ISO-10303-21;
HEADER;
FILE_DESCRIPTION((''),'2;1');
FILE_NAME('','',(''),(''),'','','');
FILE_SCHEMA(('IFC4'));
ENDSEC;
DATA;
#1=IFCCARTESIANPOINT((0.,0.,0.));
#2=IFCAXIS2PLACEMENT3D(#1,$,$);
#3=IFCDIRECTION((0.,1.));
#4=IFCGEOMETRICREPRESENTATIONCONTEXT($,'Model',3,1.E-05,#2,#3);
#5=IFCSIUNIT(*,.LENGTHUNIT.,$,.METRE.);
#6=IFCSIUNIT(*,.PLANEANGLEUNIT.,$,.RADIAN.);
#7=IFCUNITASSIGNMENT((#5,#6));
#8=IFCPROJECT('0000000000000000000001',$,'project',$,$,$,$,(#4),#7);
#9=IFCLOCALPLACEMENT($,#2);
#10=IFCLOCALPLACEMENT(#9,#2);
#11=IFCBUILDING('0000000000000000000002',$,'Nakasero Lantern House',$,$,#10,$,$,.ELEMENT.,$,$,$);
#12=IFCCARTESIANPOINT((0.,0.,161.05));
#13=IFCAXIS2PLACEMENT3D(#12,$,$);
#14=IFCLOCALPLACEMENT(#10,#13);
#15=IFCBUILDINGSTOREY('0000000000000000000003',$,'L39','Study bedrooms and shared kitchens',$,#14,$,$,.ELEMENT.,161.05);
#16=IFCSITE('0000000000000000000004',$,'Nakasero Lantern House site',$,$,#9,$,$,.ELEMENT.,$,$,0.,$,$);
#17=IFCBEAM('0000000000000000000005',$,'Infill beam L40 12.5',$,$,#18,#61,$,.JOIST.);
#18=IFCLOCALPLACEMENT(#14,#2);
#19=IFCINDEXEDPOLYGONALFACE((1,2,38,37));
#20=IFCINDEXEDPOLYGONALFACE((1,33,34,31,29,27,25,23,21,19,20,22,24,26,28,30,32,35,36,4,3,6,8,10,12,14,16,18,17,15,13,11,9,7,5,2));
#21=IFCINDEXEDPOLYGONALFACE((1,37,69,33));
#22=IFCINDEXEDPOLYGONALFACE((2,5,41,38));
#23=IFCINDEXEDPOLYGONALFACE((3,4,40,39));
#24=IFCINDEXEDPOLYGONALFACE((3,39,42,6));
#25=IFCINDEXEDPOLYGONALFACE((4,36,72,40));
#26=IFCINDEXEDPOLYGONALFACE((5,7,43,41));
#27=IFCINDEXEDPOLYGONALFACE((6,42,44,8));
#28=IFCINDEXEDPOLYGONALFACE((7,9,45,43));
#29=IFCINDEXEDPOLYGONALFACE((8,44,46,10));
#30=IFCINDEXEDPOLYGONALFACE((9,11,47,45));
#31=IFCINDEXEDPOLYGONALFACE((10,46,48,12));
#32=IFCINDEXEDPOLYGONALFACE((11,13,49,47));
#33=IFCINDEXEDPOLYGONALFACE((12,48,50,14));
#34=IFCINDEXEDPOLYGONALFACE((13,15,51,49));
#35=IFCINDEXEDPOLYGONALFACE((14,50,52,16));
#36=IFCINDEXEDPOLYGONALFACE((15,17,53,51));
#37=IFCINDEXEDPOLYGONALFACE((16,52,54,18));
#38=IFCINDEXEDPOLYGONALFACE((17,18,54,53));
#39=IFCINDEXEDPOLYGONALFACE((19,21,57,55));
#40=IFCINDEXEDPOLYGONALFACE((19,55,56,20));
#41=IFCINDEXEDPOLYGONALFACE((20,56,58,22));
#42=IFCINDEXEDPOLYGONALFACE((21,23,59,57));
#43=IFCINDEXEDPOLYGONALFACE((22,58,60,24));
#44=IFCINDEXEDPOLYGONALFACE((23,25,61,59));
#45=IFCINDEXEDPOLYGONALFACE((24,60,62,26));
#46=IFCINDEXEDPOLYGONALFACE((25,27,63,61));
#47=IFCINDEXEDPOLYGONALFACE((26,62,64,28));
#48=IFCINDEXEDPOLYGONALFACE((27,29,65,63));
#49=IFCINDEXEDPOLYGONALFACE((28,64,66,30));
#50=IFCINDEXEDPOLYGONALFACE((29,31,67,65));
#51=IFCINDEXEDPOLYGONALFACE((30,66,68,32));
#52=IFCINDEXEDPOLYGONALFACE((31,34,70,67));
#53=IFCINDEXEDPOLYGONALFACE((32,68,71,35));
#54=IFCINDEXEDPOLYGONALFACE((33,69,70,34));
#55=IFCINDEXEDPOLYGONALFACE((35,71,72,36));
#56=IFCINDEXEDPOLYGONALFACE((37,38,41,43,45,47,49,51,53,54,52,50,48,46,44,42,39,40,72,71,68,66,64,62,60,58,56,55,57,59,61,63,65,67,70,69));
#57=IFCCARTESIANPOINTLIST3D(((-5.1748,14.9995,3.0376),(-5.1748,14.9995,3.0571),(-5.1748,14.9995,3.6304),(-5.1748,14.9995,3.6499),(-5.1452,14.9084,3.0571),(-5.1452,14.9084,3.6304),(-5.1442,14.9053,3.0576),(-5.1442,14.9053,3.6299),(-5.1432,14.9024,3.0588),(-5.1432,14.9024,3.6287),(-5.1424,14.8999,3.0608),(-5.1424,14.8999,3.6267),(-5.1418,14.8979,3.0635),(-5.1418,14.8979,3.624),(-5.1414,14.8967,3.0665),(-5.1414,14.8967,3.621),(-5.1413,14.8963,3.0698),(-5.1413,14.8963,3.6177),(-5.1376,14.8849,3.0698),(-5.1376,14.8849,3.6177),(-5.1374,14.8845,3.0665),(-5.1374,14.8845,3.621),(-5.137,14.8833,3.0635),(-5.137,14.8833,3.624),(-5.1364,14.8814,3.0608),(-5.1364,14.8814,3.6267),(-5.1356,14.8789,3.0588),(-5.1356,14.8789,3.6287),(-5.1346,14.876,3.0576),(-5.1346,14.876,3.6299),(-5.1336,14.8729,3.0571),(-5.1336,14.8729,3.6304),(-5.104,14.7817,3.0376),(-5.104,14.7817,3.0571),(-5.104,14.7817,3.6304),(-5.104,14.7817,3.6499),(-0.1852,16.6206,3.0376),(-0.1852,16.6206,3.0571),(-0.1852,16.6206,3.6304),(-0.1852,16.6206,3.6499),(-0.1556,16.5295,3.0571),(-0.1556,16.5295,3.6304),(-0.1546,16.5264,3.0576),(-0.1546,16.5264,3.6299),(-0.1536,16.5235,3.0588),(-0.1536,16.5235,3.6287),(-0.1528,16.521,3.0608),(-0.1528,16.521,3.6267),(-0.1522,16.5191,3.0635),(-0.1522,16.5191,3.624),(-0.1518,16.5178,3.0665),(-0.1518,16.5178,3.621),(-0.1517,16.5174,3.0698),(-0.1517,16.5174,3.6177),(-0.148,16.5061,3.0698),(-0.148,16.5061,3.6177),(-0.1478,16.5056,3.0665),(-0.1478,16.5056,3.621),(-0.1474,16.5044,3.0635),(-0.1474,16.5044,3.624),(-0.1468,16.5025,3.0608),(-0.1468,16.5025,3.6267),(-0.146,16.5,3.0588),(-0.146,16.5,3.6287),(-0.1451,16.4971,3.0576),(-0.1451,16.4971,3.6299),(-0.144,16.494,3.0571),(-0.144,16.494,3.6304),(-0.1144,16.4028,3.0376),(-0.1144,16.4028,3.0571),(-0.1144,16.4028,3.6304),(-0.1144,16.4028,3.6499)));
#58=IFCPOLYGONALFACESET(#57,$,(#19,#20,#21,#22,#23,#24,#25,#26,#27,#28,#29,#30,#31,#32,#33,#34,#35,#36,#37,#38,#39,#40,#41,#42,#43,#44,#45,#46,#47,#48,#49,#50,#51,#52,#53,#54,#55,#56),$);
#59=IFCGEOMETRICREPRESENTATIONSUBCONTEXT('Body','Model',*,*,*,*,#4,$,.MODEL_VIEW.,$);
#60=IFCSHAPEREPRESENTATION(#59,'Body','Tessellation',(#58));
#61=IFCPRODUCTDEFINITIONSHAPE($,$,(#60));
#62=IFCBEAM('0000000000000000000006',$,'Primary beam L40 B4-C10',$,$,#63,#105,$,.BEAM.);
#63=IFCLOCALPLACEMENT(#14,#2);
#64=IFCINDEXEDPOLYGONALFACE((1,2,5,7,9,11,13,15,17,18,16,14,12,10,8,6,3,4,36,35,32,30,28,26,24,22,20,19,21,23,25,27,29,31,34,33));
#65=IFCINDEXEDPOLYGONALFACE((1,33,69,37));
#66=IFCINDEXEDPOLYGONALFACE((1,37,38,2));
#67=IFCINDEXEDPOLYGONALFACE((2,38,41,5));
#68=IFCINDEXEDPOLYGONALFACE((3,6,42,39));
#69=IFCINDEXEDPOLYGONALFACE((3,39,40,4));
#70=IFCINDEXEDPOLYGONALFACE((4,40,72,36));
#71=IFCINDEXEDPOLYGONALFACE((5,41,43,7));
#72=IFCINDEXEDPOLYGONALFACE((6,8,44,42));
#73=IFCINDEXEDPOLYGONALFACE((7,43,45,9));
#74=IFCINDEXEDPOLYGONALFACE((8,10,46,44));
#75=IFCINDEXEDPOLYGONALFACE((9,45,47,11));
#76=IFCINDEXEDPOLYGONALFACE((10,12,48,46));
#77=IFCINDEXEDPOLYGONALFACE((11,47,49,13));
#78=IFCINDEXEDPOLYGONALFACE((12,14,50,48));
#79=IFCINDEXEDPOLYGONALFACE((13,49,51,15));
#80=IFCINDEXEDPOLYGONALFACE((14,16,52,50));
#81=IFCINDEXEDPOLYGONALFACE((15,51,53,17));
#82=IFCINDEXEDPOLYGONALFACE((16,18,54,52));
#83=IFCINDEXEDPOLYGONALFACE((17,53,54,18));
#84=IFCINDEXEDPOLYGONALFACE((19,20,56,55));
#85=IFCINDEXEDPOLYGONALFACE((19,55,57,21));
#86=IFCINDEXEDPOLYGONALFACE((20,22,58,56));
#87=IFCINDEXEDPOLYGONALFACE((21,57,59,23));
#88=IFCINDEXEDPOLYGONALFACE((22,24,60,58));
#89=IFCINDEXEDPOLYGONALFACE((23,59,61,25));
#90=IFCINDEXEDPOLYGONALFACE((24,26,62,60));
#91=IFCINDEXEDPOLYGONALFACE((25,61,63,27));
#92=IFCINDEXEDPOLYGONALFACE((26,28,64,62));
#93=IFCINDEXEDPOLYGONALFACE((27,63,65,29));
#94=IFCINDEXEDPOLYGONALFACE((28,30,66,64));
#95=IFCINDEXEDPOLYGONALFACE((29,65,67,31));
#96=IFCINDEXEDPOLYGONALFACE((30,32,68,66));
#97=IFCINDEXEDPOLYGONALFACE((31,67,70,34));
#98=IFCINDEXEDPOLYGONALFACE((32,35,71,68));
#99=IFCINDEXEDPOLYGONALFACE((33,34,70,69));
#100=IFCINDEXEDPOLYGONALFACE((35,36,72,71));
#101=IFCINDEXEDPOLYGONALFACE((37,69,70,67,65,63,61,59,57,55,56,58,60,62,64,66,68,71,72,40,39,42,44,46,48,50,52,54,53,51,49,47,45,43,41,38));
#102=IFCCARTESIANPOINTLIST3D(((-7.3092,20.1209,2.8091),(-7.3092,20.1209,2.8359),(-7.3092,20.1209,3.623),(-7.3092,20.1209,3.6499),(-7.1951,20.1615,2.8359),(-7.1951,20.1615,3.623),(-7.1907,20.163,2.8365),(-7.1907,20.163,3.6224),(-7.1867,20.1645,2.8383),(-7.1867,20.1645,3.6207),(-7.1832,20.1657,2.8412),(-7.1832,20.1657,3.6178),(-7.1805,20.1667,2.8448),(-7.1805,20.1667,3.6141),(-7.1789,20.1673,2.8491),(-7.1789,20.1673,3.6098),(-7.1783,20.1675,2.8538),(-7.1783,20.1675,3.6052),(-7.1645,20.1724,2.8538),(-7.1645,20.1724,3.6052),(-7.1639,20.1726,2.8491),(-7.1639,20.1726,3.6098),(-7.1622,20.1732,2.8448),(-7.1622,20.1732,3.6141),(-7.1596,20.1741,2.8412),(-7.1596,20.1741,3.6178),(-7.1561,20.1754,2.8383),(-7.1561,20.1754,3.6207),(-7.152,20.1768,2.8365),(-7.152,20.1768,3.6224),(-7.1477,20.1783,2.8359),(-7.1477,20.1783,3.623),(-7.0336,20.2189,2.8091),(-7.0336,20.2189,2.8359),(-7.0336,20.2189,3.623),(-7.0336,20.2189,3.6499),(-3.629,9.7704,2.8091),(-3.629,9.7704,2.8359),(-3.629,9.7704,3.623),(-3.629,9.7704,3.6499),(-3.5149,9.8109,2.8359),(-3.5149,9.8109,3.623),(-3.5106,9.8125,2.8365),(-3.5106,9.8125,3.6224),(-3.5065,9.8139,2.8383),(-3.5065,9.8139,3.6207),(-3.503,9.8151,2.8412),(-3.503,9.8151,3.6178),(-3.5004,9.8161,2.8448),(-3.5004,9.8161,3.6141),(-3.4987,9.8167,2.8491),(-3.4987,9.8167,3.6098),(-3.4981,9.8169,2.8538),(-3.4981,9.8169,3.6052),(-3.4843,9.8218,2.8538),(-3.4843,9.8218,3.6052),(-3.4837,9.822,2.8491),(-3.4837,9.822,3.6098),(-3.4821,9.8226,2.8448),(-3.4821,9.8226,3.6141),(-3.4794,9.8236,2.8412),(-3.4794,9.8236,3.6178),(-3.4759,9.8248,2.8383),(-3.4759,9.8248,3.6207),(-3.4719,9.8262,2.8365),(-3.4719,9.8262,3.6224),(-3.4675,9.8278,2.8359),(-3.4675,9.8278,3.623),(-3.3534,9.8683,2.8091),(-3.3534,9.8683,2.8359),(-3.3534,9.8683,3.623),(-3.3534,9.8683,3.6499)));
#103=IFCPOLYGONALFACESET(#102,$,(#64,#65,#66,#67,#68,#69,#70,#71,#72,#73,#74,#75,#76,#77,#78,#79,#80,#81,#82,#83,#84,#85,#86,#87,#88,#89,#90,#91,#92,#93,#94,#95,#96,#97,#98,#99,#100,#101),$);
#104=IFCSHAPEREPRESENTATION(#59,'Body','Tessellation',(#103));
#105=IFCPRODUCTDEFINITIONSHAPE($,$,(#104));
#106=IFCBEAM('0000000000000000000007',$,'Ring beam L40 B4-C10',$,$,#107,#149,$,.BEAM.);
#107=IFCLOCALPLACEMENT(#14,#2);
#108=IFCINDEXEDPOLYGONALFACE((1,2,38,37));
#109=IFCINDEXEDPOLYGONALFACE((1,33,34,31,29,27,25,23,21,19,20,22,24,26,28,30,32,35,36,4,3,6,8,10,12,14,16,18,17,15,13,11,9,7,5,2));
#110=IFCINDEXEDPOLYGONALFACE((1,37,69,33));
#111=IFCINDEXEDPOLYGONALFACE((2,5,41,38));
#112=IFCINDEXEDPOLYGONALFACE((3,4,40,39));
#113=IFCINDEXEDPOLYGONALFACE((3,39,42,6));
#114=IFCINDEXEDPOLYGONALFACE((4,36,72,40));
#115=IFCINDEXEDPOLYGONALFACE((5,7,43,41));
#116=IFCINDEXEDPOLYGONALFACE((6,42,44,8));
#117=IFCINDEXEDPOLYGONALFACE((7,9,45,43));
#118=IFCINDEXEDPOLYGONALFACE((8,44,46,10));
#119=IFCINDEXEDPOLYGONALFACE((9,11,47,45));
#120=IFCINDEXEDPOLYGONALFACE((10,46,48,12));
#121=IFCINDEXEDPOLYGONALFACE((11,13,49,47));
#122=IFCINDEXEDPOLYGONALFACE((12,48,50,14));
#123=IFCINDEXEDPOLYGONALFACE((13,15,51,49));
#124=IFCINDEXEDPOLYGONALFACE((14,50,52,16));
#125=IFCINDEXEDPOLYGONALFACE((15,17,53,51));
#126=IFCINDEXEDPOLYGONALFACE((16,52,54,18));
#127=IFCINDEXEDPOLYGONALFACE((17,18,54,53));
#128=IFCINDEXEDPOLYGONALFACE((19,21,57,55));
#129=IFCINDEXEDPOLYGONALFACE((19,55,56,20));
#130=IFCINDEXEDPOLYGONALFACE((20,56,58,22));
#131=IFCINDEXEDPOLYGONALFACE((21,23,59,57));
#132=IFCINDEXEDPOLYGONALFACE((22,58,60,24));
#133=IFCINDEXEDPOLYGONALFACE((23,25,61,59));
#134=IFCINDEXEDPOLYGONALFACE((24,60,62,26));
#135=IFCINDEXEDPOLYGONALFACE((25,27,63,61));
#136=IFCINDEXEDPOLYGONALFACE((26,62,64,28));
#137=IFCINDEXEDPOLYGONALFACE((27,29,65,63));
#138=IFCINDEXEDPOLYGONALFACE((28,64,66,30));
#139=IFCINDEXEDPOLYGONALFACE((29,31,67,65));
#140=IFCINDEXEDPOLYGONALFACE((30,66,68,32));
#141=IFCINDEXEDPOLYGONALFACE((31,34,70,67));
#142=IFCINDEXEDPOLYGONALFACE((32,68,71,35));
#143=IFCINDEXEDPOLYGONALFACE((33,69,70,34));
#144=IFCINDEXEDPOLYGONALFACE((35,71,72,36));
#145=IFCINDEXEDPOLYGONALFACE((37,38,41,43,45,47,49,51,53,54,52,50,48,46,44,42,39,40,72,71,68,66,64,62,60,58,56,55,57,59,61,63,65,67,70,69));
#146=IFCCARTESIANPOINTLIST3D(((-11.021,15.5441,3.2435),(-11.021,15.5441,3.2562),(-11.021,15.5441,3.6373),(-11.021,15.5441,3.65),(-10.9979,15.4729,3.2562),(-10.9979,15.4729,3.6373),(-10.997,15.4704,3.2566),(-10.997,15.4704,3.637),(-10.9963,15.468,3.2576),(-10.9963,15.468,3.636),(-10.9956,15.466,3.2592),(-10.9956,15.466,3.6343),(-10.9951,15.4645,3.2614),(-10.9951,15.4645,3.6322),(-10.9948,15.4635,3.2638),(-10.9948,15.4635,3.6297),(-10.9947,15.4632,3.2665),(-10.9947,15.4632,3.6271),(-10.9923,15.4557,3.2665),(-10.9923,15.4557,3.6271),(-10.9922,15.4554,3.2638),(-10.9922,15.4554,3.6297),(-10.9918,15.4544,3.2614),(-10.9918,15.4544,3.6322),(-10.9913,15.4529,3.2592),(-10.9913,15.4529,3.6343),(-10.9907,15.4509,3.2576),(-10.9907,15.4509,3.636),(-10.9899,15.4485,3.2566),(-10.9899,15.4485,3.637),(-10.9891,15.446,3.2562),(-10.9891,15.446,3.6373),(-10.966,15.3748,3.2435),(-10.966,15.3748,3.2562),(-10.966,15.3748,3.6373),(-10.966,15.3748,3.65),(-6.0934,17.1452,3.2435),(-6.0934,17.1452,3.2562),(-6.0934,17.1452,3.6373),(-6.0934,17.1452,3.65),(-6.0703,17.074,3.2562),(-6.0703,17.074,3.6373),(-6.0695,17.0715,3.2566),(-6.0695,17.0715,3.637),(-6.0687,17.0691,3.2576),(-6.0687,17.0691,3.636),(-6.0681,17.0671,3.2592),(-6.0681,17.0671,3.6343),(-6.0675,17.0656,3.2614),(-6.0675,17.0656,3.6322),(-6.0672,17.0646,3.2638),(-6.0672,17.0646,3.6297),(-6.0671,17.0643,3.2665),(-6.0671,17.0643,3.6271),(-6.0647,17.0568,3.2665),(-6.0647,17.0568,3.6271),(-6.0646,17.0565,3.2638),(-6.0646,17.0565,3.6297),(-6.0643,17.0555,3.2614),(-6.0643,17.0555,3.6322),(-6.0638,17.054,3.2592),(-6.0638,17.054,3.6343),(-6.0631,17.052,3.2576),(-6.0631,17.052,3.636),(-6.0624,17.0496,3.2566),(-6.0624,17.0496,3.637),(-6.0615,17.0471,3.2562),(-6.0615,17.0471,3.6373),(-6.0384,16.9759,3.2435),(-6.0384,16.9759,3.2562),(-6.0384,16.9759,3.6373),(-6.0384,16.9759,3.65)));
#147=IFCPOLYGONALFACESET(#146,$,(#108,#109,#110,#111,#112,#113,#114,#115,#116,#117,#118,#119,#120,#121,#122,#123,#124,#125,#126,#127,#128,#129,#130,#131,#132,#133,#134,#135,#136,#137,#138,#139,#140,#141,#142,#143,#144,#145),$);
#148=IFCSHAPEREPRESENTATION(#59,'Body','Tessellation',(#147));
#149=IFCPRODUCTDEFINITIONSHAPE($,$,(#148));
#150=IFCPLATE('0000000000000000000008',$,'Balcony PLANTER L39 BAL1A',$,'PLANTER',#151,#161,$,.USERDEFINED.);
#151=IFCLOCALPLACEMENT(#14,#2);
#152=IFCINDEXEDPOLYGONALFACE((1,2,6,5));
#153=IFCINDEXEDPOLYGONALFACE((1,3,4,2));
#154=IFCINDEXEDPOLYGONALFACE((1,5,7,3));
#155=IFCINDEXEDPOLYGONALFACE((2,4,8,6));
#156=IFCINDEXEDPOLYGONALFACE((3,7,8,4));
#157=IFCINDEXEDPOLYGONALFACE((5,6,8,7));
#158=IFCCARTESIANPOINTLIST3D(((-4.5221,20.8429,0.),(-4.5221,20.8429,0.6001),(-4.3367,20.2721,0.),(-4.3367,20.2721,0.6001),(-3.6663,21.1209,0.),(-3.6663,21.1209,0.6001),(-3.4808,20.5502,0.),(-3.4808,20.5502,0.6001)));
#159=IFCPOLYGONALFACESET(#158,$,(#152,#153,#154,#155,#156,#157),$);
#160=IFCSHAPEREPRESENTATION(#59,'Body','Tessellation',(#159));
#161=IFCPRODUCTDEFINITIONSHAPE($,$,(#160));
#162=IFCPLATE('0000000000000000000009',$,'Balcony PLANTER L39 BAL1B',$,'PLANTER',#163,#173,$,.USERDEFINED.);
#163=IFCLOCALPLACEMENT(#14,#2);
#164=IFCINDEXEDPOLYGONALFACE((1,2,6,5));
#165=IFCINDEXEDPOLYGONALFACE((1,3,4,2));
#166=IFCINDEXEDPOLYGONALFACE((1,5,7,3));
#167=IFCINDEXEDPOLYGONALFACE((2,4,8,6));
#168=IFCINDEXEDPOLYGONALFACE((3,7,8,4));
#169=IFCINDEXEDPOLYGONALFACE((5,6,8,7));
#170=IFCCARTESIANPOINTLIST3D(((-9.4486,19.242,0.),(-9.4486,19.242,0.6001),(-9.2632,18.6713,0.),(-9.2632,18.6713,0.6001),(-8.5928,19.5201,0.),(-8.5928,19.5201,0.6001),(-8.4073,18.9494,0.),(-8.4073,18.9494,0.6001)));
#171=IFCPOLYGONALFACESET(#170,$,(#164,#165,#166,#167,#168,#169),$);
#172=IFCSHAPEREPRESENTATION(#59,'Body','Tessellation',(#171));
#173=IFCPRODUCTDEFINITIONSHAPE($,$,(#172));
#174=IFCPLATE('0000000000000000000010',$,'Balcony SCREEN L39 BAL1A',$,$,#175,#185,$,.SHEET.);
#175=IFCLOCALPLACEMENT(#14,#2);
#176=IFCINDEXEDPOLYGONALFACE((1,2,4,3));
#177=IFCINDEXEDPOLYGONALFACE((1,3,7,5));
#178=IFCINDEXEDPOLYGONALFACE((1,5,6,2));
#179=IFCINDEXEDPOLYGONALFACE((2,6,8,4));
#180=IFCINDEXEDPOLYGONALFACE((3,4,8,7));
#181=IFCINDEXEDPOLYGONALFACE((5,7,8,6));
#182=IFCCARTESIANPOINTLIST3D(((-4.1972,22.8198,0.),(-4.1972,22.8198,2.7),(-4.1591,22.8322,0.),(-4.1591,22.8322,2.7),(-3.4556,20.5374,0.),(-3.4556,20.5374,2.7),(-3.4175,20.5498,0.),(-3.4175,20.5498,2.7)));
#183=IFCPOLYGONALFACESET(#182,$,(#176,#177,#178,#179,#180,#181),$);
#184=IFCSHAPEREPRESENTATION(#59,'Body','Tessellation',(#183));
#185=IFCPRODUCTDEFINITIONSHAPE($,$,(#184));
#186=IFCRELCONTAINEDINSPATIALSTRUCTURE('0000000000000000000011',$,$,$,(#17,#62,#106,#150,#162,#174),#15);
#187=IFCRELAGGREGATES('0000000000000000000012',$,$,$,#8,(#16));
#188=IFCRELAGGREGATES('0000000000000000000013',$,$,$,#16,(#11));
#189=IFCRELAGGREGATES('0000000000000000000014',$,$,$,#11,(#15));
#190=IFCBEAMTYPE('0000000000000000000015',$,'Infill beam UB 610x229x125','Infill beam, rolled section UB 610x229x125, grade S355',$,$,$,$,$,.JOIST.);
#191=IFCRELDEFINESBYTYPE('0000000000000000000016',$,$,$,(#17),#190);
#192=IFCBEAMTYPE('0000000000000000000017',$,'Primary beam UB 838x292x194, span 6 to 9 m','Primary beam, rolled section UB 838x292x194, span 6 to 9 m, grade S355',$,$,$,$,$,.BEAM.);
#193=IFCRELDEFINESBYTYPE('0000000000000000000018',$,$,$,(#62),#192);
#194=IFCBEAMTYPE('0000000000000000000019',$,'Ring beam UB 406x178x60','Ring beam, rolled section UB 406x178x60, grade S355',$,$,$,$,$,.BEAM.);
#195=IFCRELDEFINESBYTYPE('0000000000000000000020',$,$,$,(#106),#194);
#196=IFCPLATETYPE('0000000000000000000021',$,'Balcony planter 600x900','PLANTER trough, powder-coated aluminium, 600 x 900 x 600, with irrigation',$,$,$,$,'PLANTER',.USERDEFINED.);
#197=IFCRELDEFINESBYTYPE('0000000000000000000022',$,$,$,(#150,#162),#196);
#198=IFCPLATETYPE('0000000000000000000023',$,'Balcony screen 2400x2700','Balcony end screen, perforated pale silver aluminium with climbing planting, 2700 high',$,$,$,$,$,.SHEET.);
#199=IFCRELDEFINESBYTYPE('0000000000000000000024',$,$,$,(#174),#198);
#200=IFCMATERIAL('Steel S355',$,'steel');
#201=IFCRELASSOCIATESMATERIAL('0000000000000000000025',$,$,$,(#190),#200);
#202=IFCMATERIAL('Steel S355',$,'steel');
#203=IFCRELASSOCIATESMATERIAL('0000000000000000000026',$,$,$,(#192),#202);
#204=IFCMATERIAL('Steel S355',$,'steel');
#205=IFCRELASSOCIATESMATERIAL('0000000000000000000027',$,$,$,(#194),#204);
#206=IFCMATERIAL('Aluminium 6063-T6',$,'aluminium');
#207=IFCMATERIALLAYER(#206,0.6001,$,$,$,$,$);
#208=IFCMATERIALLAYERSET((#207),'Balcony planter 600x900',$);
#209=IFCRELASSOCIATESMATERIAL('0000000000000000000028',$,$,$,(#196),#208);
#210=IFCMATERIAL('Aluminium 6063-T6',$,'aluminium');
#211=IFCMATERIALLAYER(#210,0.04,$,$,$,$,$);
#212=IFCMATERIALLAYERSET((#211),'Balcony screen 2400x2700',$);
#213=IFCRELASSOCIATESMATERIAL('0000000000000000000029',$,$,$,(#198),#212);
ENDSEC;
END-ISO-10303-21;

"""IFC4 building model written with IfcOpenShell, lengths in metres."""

from ifc_helpers import new_model, si_unit, direction, frame, origin, origin_2d, place, context, subcontext, project, spatial, rectangle, i_section, extrude, material, layer, layer_set, material_profile, profile_set, type_object, element, save


model = new_model("IFC4")

# Units and contexts
model_context = context("Model", 3, precision=1e-05, world=origin(), true_north=direction((0.0, 1.0)))
body_context = subcontext(model_context, "Body", "Model", "MODEL_VIEW")
ifc_project = project(units=[si_unit("LENGTHUNIT", "METRE"), si_unit("PLANEANGLEUNIT", "RADIAN")], contexts=[model_context])

# Site, building, storey
site_placement = place(None, origin())
site = spatial("IfcSite", under=ifc_project, at=site_placement, Name="Nakasero Lantern House site", CompositionType="ELEMENT", RefElevation=0.0)
building_placement = place(site_placement, origin())
building = spatial("IfcBuilding", under=site, at=building_placement, Name="Nakasero Lantern House", CompositionType="ELEMENT")
storey_placement = place(building_placement, frame((0.0, 0.0, 161.05)))
storey = spatial("IfcBuildingStorey", under=building, at=storey_placement, Name="L39", Description="Study bedrooms and shared kitchens", CompositionType="ELEMENT", Elevation=161.05)

# Beams
ifc_material_1 = material(Name="Steel S355", Category="steel")
ifc_material_profile_1 = material_profile(ifc_material_1, i_section(OverallWidth=0.229, OverallDepth=0.6123, WebThickness=0.012, FlangeThickness=0.0195, FilletRadius=0.0127, at=origin_2d()), Name="UB 610x229x125")
ifc_profile_set_1 = profile_set([ifc_material_profile_1], Name="Steel S355")
beam_type_1 = type_object("IfcBeamType", Name="Infill beam UB 610x229x125", Description="Infill beam, rolled section UB 610x229x125, grade S355", PredefinedType="JOIST", material=ifc_profile_set_1)
beam_1_placement = place(storey_placement, frame((-5.1394, 14.8906, 3.3438), z_axis=(0.951062, 0.309001, 0.0), x_axis=(-0.309001, 0.951062, 0.0)))
element("IfcBeam", 1, at=beam_1_placement, inside=storey, type_object=beam_type_1, Name="Infill beam L40 12.5", PredefinedType="JOIST", context=body_context, shape_type="SweptSolid", body=[
    extrude(i_section(OverallWidth=0.229, OverallDepth=0.6123, WebThickness=0.012, FlangeThickness=0.0195, FilletRadius=0.0127, at=origin_2d()), origin(), (0.0, 0.0, 1.0), 5.2463),
])
ifc_material_2 = material(Name="Steel S355", Category="steel")
ifc_material_profile_2 = material_profile(ifc_material_2, i_section(OverallWidth=0.2925, OverallDepth=0.8408, WebThickness=0.0146, FlangeThickness=0.0269, FilletRadius=0.0178, at=origin_2d()), Name="UB 838x292x194")
ifc_profile_set_2 = profile_set([ifc_material_profile_2], Name="Steel S355")
beam_type_2 = type_object("IfcBeamType", Name="Primary beam UB 838x292x194, span 6 to 9 m", Description="Primary beam, rolled section UB 838x292x194, span 6 to 9 m, grade S355", PredefinedType="BEAM", material=ifc_profile_set_2)
beam_2_placement = place(storey_placement, frame((-7.1714, 20.1699, 3.2295), z_axis=(0.335007, -0.942216, 0.0), x_axis=(0.942216, 0.335007, 0.0)))
element("IfcBeam", 2, at=beam_2_placement, inside=storey, type_object=beam_type_2, Name="Primary beam L40 B4-C10", PredefinedType="BEAM", context=body_context, shape_type="SweptSolid", body=[
    extrude(i_section(OverallWidth=0.2925, OverallDepth=0.8408, WebThickness=0.0146, FlangeThickness=0.0269, FilletRadius=0.0178, at=origin_2d()), origin(), (0.0, 0.0, 1.0), 10.9854),
])
ifc_material_3 = material(Name="Steel S355", Category="steel")
ifc_material_profile_3 = material_profile(ifc_material_3, i_section(OverallWidth=0.178, OverallDepth=0.4065, WebThickness=0.0078, FlangeThickness=0.0127, FilletRadius=0.0103, at=origin_2d()), Name="UB 406x178x60")
ifc_profile_set_3 = profile_set([ifc_material_profile_3], Name="Steel S355")
beam_type_3 = type_object("IfcBeamType", Name="Ring beam UB 406x178x60", Description="Ring beam, rolled section UB 406x178x60, grade S355", PredefinedType="BEAM", material=ifc_profile_set_3)
beam_3_placement = place(storey_placement, frame((-6.0659, 17.0605, 3.4468), z_axis=(-0.951054, -0.309023, 0.0), x_axis=(0.309023, -0.951054, 0.0)))
element("IfcBeam", 3, at=beam_3_placement, inside=storey, type_object=beam_type_3, Name="Ring beam L40 B4-C10", PredefinedType="BEAM", context=body_context, shape_type="SweptSolid", body=[
    extrude(i_section(OverallWidth=0.178, OverallDepth=0.4065, WebThickness=0.0078, FlangeThickness=0.0127, FilletRadius=0.0103, at=origin_2d()), origin(), (0.0, 0.0, 1.0), 5.1812),
])

# Plates
ifc_material_4 = material(Name="Aluminium 6063-T6", Category="aluminium")
ifc_layer_1 = layer(ifc_material_4, 0.6001)
ifc_layer_set_1 = layer_set([ifc_layer_1], Name="Balcony planter 600x900")
plate_type_1 = type_object("IfcPlateType", Name="Balcony planter 600x900", Description="PLANTER trough, powder-coated aluminium, 600 x 900 x 600, with irrigation", ElementType="PLANTER", PredefinedType="USERDEFINED", material=ifc_layer_set_1)
for number, where, z_axis, x_axis, name in (
    (4, (-4.0015, 20.6965, 0.0), (0.0, 0.0, 1.0), (-0.309017, 0.951057, 0.0), "Balcony PLANTER L39 BAL1A"),
    (5, (-8.928, 19.0957, 0.0), (0.0, 0.0, 1.0), (-0.309017, 0.951057, 0.0), "Balcony PLANTER L39 BAL1B"),
):
    element("IfcPlate", number, at=place(storey_placement, frame(where, z_axis=z_axis, x_axis=x_axis)), inside=storey, type_object=plate_type_1, Name=name, ObjectType="PLANTER", PredefinedType="USERDEFINED", context=body_context, shape_type="SweptSolid", body=[
        extrude(rectangle(XDim=0.6001, YDim=0.8999, at=origin_2d()), origin(), (0.0, 0.0, 1.0), 0.6001),
    ])
ifc_material_5 = material(Name="Aluminium 6063-T6", Category="aluminium")
ifc_layer_2 = layer(ifc_material_5, 0.04)
ifc_layer_set_2 = layer_set([ifc_layer_2], Name="Balcony screen 2400x2700")
plate_type_2 = type_object("IfcPlateType", Name="Balcony screen 2400x2700", Description="Balcony end screen, perforated pale silver aluminium with climbing planting, 2700 high", PredefinedType="SHEET", material=ifc_layer_set_2)
for number, where, z_axis, x_axis, name in (
    (6, (-3.8074, 21.6848, 0.0), (0.0, 0.0, 1.0), (-0.309017, 0.951057, 0.0), "Balcony SCREEN L39 BAL1A"),
):
    element("IfcPlate", number, at=place(storey_placement, frame(where, z_axis=z_axis, x_axis=x_axis)), inside=storey, type_object=plate_type_2, Name=name, PredefinedType="SHEET", context=body_context, shape_type="SweptSolid", body=[
        extrude(rectangle(XDim=2.3999, YDim=0.04, at=origin_2d()), origin(), (0.0, 0.0, 1.0), 2.7),
    ])

save(model, "model.ifc")
